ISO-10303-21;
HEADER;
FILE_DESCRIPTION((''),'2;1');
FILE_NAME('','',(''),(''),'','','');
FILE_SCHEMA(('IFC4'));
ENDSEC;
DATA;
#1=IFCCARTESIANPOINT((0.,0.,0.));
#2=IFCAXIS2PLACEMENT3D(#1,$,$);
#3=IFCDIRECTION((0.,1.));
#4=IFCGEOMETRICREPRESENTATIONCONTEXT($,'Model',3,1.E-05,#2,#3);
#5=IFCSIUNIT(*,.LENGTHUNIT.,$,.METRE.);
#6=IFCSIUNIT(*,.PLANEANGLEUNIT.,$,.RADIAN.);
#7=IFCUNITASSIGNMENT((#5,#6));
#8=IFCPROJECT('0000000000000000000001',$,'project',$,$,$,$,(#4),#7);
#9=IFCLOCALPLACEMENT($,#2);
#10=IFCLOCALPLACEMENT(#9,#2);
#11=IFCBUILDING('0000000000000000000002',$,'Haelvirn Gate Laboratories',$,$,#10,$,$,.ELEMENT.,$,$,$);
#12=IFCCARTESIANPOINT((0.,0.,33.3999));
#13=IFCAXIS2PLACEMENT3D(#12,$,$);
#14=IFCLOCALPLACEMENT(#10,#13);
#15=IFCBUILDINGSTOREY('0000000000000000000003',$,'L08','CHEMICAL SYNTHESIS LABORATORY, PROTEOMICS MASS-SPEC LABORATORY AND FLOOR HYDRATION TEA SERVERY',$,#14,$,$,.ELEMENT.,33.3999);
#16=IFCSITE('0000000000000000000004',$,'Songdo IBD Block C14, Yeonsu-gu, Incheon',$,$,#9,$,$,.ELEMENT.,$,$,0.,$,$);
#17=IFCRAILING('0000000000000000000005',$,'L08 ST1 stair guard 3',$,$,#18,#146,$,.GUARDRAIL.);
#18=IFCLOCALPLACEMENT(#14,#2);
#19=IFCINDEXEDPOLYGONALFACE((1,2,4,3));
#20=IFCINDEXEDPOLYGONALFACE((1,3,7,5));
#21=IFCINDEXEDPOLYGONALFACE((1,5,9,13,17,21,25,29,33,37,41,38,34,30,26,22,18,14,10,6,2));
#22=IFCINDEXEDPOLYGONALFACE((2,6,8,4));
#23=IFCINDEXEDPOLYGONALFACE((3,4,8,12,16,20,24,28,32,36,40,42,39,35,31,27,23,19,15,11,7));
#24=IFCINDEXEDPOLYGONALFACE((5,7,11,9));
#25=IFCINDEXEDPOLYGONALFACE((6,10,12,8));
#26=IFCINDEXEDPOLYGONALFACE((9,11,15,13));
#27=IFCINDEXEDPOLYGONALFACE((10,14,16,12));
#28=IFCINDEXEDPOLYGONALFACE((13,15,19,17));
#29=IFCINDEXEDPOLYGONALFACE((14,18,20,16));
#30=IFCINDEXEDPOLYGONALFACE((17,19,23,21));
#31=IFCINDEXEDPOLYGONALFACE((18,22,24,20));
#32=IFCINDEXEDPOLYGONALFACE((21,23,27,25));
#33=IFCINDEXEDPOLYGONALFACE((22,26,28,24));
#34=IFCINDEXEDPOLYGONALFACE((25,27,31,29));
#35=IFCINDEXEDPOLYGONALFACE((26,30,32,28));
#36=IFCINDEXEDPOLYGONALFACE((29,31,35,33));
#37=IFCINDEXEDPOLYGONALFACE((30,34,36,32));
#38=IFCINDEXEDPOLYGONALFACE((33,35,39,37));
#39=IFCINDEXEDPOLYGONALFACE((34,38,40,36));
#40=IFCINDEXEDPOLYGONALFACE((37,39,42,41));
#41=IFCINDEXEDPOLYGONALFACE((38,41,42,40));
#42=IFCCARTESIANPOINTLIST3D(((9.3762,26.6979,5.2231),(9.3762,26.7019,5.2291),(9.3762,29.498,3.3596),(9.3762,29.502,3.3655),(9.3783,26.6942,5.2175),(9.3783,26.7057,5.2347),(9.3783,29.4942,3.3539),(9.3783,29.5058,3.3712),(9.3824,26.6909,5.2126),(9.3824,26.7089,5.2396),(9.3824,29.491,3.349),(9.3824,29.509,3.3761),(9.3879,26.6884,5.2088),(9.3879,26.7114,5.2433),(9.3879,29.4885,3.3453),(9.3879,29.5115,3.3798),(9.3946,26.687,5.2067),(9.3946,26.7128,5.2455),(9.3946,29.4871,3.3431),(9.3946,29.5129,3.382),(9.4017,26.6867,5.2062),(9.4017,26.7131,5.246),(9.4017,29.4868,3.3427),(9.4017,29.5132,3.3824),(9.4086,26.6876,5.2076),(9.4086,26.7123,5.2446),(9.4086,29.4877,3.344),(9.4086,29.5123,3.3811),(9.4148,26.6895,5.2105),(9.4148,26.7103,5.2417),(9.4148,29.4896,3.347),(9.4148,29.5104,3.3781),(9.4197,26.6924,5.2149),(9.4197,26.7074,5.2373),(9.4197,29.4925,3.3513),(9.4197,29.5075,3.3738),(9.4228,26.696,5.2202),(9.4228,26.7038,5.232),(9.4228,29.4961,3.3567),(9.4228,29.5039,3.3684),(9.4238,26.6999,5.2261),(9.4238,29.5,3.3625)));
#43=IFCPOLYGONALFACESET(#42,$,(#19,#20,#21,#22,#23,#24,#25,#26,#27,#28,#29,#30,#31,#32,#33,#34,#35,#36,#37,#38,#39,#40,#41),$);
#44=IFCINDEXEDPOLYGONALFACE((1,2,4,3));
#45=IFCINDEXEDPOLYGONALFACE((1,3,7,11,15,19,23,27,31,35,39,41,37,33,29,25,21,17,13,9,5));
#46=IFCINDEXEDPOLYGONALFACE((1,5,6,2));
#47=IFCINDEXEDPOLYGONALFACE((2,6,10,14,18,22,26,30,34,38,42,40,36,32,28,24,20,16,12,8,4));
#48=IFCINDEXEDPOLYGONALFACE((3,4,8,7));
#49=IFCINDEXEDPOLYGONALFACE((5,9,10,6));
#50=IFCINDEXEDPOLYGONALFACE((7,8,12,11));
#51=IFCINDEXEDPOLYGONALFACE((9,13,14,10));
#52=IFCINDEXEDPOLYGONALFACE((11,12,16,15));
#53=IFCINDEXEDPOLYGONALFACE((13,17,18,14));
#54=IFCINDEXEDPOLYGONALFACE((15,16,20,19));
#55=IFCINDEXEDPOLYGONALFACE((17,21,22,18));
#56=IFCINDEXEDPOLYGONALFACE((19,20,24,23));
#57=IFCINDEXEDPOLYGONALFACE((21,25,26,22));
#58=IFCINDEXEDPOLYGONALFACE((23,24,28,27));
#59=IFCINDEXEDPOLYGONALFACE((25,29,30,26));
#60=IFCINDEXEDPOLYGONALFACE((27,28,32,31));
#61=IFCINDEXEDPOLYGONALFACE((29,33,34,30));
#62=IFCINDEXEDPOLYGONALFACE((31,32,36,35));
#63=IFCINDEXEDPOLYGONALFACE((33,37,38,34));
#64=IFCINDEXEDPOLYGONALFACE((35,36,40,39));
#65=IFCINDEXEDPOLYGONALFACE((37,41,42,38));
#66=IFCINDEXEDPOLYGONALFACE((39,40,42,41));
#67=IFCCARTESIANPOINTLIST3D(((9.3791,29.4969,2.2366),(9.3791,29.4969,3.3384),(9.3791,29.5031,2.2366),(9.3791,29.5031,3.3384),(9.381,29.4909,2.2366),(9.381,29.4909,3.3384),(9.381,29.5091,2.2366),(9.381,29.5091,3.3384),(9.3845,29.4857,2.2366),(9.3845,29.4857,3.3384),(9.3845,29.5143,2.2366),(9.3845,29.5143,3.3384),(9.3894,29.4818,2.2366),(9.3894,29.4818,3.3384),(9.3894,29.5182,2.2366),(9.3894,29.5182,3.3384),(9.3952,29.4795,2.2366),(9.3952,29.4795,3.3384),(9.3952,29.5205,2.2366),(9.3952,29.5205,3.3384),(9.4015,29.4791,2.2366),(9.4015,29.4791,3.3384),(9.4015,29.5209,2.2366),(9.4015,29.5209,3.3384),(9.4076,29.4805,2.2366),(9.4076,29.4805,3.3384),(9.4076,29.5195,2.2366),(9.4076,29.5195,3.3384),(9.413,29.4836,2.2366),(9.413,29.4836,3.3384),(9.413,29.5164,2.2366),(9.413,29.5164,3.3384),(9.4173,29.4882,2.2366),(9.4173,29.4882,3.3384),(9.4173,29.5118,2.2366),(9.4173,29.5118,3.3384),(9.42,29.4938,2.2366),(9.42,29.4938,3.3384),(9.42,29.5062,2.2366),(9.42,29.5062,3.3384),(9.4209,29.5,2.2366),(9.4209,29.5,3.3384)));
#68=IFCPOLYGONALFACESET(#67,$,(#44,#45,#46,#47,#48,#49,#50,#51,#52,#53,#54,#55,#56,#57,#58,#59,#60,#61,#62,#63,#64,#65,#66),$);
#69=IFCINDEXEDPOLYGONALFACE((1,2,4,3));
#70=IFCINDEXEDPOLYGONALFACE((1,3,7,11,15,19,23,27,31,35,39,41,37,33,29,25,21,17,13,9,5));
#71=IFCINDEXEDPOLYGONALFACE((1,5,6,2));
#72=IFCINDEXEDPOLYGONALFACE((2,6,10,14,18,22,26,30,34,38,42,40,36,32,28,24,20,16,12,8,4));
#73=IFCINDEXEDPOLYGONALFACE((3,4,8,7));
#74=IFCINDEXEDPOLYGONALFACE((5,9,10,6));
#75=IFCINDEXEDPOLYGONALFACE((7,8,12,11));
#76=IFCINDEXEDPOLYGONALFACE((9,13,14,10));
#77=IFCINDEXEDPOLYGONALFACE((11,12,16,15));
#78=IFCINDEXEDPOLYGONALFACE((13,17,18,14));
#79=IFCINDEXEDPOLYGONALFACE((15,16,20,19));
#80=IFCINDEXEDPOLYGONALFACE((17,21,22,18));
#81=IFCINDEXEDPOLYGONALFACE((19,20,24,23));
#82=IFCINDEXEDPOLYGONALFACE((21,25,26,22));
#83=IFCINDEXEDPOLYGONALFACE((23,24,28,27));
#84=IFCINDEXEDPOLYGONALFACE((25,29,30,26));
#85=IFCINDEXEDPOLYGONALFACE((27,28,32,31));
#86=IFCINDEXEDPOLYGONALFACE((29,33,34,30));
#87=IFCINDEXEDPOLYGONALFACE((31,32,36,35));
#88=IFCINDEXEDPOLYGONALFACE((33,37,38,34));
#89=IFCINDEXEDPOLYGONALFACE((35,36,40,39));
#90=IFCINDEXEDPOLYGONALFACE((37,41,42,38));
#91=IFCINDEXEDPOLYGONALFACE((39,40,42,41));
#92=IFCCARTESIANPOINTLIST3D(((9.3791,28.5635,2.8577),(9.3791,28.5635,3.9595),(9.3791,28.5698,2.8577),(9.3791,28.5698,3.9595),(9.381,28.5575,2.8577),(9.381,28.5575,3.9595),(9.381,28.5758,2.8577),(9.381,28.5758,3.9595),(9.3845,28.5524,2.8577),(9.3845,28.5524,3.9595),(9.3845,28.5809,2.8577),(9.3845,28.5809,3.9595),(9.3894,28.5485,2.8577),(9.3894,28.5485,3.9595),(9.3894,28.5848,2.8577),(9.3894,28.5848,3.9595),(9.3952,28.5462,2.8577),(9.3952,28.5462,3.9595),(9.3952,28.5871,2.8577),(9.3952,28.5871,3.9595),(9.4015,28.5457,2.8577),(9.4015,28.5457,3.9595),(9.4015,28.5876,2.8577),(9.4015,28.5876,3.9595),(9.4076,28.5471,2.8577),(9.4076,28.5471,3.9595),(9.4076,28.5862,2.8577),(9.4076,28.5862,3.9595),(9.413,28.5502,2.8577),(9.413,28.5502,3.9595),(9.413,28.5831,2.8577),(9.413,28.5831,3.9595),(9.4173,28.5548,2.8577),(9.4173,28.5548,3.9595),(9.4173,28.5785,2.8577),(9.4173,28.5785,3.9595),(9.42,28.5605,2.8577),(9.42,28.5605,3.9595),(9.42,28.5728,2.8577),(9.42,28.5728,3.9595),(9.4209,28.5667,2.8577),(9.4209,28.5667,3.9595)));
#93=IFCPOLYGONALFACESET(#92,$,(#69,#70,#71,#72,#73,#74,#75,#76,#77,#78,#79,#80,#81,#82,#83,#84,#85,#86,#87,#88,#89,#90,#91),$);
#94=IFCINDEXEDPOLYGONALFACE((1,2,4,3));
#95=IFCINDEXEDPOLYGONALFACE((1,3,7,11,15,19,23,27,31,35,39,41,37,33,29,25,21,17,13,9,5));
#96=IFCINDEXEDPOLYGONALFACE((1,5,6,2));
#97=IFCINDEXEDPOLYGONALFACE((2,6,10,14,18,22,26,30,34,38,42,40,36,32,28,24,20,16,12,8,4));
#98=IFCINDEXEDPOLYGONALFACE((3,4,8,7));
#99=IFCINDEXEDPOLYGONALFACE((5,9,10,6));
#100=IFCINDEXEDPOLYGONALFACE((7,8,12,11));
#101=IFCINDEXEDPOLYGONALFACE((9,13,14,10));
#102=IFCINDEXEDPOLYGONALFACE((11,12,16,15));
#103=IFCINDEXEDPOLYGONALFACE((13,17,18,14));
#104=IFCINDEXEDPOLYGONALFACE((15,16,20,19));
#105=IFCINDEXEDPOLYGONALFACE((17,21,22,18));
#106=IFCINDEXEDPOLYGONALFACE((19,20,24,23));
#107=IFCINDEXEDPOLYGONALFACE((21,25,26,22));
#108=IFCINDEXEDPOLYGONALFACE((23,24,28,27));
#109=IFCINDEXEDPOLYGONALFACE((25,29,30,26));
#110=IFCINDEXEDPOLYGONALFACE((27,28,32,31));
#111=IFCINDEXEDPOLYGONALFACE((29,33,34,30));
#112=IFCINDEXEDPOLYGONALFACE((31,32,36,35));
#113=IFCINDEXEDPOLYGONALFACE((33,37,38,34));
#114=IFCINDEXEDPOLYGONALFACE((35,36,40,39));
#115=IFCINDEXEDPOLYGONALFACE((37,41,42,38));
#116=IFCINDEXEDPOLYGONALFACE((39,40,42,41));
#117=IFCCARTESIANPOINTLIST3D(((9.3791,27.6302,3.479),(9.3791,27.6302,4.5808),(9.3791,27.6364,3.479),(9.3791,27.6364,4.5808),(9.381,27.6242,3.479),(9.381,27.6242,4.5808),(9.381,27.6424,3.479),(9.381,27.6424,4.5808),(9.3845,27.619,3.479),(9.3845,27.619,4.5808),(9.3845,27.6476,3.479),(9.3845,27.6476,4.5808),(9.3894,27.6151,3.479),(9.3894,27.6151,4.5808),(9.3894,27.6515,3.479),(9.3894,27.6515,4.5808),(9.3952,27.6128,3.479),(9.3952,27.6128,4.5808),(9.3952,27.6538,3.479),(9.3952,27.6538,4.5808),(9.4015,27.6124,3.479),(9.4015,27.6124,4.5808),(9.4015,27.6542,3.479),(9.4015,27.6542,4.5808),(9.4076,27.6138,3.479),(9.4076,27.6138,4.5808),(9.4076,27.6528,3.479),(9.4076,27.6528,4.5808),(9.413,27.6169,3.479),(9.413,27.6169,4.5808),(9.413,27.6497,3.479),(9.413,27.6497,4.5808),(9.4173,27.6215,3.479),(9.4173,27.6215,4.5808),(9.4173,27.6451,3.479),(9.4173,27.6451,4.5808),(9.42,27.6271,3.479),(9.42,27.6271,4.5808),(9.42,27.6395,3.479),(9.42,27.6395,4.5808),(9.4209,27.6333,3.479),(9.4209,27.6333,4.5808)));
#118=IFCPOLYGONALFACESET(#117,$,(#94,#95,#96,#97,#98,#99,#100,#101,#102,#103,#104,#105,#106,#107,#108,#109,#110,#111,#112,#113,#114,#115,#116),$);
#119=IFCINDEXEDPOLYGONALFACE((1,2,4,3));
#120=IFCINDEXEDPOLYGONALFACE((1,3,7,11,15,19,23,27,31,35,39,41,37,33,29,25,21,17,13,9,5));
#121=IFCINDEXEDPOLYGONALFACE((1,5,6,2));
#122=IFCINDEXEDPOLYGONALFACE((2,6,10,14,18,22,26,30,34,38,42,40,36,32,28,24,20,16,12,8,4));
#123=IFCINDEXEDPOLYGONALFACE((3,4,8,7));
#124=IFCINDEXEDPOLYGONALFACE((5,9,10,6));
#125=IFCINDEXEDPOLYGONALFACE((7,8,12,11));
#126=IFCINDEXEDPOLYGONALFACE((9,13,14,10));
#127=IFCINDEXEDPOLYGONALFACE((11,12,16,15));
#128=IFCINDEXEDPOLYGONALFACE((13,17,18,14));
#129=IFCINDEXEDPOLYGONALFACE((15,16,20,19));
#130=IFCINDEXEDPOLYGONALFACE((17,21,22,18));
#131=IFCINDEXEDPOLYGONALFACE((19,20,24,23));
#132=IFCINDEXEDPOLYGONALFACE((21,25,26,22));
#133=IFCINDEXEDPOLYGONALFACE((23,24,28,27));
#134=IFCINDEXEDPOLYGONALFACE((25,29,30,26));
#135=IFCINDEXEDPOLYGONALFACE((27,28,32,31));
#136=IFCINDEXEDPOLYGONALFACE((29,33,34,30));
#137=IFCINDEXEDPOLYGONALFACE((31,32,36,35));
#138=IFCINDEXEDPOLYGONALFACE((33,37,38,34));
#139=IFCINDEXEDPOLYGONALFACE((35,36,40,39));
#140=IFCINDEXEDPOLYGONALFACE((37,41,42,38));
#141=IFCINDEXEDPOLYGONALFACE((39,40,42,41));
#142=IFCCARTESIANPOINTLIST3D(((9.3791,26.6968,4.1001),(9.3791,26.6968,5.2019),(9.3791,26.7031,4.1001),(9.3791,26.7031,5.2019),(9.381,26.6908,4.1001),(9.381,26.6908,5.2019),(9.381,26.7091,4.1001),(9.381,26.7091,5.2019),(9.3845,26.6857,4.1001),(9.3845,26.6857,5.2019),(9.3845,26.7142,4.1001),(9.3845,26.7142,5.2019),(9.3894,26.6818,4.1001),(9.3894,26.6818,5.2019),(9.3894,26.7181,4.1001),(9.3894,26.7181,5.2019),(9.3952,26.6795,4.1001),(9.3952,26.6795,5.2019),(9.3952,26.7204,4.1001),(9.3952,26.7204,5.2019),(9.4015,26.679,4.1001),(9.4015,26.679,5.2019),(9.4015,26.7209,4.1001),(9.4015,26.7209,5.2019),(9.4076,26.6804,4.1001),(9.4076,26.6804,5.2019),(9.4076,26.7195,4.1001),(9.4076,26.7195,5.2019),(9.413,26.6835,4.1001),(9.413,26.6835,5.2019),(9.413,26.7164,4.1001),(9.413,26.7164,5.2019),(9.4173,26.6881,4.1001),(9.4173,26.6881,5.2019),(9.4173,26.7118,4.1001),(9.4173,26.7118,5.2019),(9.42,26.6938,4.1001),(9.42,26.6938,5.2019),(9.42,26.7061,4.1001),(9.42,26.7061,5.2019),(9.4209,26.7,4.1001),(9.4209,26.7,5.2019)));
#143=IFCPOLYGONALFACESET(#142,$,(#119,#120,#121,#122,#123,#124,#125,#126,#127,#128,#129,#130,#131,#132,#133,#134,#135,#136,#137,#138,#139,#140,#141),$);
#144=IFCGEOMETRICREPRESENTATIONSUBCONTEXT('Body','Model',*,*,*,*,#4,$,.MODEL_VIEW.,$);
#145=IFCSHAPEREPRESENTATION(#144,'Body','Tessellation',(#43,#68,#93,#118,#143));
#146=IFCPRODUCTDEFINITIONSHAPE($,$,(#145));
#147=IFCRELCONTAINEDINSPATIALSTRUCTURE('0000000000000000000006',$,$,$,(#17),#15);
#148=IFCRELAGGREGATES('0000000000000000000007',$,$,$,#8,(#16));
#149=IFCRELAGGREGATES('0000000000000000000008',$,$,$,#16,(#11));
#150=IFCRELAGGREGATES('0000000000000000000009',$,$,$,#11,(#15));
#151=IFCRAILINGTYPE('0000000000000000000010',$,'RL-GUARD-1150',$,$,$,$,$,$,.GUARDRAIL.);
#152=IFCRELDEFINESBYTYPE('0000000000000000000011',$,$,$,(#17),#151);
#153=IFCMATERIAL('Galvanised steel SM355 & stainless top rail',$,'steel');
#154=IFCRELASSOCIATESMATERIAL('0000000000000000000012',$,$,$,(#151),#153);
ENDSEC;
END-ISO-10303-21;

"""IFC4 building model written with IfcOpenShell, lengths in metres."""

from ifc_helpers import new_model, si_unit, direction, frame, origin, origin_2d, place, context, subcontext, project, spatial, circle, extrude, source, transform, mapped, material, type_object, element, save


model = new_model("IFC4")

# Units and contexts
model_context = context("Model", 3, precision=1e-05, world=origin(), true_north=direction((0.0, 1.0)))
body_context = subcontext(model_context, "Body", "Model", "MODEL_VIEW")
ifc_project = project(units=[si_unit("LENGTHUNIT", "METRE"), si_unit("PLANEANGLEUNIT", "RADIAN")], contexts=[model_context])

# Site, building, storey
site_placement = place(None, origin())
site = spatial("IfcSite", under=ifc_project, at=site_placement, Name="Songdo IBD Block C14, Yeonsu-gu, Incheon", CompositionType="ELEMENT", RefElevation=0.0)
building_placement = place(site_placement, origin())
building = spatial("IfcBuilding", under=site, at=building_placement, Name="Haelvirn Gate Laboratories", CompositionType="ELEMENT")
storey_placement = place(building_placement, frame((0.0, 0.0, 33.3999)))
storey = spatial("IfcBuildingStorey", under=building, at=storey_placement, Name="L08", Description="CHEMICAL SYNTHESIS LABORATORY, PROTEOMICS MASS-SPEC LABORATORY AND FLOOR HYDRATION TEA SERVERY", CompositionType="ELEMENT", Elevation=33.3999)

# Railing
ifc_material_1 = material(Name="Galvanised steel SM355 & stainless top rail", Category="steel")
railing_type_1 = type_object("IfcRailingType", Name="RL-GUARD-1150", PredefinedType="GUARDRAIL", material=ifc_material_1)
shared_shape_1 = source(origin(), body_context, "Body", "SweptSolid", [
    extrude(circle(Radius=0.0239, at=origin_2d()), frame((0.0, 0.0, 1.126), z_axis=(0.0, -0.832486, 0.554047), x_axis=(1.0, 0.0, 0.0)), (0.0, 0.0, 1.0), 3.3635),
    extrude(circle(Radius=0.021, at=origin_2d()), origin(), (0.0, 0.0, 1.0), 1.1018),
    extrude(circle(Radius=0.021, at=origin_2d()), frame((0.0, -0.9333, 0.6211)), (0.0, 0.0, 1.0), 1.1018),
    extrude(circle(Radius=0.021, at=origin_2d()), frame((0.0, -1.8667, 1.2424)), (0.0, 0.0, 1.0), 1.1018),
    extrude(circle(Radius=0.021, at=origin_2d()), frame((0.0, -2.8, 1.8635)), (0.0, 0.0, 1.0), 1.1018),
])
railing_1_placement = place(storey_placement, frame((9.3999, 29.5, 2.2366)))
element("IfcRailing", 1, at=railing_1_placement, inside=storey, type_object=railing_type_1, Name="L08 ST1 stair guard 3", PredefinedType="GUARDRAIL", context=body_context, shape_type="MappedRepresentation", body=[
    mapped(shared_shape_1, transform((0.0, 0.0, 0.0), scale=1.0)),
])

save(model, "model.ifc")
